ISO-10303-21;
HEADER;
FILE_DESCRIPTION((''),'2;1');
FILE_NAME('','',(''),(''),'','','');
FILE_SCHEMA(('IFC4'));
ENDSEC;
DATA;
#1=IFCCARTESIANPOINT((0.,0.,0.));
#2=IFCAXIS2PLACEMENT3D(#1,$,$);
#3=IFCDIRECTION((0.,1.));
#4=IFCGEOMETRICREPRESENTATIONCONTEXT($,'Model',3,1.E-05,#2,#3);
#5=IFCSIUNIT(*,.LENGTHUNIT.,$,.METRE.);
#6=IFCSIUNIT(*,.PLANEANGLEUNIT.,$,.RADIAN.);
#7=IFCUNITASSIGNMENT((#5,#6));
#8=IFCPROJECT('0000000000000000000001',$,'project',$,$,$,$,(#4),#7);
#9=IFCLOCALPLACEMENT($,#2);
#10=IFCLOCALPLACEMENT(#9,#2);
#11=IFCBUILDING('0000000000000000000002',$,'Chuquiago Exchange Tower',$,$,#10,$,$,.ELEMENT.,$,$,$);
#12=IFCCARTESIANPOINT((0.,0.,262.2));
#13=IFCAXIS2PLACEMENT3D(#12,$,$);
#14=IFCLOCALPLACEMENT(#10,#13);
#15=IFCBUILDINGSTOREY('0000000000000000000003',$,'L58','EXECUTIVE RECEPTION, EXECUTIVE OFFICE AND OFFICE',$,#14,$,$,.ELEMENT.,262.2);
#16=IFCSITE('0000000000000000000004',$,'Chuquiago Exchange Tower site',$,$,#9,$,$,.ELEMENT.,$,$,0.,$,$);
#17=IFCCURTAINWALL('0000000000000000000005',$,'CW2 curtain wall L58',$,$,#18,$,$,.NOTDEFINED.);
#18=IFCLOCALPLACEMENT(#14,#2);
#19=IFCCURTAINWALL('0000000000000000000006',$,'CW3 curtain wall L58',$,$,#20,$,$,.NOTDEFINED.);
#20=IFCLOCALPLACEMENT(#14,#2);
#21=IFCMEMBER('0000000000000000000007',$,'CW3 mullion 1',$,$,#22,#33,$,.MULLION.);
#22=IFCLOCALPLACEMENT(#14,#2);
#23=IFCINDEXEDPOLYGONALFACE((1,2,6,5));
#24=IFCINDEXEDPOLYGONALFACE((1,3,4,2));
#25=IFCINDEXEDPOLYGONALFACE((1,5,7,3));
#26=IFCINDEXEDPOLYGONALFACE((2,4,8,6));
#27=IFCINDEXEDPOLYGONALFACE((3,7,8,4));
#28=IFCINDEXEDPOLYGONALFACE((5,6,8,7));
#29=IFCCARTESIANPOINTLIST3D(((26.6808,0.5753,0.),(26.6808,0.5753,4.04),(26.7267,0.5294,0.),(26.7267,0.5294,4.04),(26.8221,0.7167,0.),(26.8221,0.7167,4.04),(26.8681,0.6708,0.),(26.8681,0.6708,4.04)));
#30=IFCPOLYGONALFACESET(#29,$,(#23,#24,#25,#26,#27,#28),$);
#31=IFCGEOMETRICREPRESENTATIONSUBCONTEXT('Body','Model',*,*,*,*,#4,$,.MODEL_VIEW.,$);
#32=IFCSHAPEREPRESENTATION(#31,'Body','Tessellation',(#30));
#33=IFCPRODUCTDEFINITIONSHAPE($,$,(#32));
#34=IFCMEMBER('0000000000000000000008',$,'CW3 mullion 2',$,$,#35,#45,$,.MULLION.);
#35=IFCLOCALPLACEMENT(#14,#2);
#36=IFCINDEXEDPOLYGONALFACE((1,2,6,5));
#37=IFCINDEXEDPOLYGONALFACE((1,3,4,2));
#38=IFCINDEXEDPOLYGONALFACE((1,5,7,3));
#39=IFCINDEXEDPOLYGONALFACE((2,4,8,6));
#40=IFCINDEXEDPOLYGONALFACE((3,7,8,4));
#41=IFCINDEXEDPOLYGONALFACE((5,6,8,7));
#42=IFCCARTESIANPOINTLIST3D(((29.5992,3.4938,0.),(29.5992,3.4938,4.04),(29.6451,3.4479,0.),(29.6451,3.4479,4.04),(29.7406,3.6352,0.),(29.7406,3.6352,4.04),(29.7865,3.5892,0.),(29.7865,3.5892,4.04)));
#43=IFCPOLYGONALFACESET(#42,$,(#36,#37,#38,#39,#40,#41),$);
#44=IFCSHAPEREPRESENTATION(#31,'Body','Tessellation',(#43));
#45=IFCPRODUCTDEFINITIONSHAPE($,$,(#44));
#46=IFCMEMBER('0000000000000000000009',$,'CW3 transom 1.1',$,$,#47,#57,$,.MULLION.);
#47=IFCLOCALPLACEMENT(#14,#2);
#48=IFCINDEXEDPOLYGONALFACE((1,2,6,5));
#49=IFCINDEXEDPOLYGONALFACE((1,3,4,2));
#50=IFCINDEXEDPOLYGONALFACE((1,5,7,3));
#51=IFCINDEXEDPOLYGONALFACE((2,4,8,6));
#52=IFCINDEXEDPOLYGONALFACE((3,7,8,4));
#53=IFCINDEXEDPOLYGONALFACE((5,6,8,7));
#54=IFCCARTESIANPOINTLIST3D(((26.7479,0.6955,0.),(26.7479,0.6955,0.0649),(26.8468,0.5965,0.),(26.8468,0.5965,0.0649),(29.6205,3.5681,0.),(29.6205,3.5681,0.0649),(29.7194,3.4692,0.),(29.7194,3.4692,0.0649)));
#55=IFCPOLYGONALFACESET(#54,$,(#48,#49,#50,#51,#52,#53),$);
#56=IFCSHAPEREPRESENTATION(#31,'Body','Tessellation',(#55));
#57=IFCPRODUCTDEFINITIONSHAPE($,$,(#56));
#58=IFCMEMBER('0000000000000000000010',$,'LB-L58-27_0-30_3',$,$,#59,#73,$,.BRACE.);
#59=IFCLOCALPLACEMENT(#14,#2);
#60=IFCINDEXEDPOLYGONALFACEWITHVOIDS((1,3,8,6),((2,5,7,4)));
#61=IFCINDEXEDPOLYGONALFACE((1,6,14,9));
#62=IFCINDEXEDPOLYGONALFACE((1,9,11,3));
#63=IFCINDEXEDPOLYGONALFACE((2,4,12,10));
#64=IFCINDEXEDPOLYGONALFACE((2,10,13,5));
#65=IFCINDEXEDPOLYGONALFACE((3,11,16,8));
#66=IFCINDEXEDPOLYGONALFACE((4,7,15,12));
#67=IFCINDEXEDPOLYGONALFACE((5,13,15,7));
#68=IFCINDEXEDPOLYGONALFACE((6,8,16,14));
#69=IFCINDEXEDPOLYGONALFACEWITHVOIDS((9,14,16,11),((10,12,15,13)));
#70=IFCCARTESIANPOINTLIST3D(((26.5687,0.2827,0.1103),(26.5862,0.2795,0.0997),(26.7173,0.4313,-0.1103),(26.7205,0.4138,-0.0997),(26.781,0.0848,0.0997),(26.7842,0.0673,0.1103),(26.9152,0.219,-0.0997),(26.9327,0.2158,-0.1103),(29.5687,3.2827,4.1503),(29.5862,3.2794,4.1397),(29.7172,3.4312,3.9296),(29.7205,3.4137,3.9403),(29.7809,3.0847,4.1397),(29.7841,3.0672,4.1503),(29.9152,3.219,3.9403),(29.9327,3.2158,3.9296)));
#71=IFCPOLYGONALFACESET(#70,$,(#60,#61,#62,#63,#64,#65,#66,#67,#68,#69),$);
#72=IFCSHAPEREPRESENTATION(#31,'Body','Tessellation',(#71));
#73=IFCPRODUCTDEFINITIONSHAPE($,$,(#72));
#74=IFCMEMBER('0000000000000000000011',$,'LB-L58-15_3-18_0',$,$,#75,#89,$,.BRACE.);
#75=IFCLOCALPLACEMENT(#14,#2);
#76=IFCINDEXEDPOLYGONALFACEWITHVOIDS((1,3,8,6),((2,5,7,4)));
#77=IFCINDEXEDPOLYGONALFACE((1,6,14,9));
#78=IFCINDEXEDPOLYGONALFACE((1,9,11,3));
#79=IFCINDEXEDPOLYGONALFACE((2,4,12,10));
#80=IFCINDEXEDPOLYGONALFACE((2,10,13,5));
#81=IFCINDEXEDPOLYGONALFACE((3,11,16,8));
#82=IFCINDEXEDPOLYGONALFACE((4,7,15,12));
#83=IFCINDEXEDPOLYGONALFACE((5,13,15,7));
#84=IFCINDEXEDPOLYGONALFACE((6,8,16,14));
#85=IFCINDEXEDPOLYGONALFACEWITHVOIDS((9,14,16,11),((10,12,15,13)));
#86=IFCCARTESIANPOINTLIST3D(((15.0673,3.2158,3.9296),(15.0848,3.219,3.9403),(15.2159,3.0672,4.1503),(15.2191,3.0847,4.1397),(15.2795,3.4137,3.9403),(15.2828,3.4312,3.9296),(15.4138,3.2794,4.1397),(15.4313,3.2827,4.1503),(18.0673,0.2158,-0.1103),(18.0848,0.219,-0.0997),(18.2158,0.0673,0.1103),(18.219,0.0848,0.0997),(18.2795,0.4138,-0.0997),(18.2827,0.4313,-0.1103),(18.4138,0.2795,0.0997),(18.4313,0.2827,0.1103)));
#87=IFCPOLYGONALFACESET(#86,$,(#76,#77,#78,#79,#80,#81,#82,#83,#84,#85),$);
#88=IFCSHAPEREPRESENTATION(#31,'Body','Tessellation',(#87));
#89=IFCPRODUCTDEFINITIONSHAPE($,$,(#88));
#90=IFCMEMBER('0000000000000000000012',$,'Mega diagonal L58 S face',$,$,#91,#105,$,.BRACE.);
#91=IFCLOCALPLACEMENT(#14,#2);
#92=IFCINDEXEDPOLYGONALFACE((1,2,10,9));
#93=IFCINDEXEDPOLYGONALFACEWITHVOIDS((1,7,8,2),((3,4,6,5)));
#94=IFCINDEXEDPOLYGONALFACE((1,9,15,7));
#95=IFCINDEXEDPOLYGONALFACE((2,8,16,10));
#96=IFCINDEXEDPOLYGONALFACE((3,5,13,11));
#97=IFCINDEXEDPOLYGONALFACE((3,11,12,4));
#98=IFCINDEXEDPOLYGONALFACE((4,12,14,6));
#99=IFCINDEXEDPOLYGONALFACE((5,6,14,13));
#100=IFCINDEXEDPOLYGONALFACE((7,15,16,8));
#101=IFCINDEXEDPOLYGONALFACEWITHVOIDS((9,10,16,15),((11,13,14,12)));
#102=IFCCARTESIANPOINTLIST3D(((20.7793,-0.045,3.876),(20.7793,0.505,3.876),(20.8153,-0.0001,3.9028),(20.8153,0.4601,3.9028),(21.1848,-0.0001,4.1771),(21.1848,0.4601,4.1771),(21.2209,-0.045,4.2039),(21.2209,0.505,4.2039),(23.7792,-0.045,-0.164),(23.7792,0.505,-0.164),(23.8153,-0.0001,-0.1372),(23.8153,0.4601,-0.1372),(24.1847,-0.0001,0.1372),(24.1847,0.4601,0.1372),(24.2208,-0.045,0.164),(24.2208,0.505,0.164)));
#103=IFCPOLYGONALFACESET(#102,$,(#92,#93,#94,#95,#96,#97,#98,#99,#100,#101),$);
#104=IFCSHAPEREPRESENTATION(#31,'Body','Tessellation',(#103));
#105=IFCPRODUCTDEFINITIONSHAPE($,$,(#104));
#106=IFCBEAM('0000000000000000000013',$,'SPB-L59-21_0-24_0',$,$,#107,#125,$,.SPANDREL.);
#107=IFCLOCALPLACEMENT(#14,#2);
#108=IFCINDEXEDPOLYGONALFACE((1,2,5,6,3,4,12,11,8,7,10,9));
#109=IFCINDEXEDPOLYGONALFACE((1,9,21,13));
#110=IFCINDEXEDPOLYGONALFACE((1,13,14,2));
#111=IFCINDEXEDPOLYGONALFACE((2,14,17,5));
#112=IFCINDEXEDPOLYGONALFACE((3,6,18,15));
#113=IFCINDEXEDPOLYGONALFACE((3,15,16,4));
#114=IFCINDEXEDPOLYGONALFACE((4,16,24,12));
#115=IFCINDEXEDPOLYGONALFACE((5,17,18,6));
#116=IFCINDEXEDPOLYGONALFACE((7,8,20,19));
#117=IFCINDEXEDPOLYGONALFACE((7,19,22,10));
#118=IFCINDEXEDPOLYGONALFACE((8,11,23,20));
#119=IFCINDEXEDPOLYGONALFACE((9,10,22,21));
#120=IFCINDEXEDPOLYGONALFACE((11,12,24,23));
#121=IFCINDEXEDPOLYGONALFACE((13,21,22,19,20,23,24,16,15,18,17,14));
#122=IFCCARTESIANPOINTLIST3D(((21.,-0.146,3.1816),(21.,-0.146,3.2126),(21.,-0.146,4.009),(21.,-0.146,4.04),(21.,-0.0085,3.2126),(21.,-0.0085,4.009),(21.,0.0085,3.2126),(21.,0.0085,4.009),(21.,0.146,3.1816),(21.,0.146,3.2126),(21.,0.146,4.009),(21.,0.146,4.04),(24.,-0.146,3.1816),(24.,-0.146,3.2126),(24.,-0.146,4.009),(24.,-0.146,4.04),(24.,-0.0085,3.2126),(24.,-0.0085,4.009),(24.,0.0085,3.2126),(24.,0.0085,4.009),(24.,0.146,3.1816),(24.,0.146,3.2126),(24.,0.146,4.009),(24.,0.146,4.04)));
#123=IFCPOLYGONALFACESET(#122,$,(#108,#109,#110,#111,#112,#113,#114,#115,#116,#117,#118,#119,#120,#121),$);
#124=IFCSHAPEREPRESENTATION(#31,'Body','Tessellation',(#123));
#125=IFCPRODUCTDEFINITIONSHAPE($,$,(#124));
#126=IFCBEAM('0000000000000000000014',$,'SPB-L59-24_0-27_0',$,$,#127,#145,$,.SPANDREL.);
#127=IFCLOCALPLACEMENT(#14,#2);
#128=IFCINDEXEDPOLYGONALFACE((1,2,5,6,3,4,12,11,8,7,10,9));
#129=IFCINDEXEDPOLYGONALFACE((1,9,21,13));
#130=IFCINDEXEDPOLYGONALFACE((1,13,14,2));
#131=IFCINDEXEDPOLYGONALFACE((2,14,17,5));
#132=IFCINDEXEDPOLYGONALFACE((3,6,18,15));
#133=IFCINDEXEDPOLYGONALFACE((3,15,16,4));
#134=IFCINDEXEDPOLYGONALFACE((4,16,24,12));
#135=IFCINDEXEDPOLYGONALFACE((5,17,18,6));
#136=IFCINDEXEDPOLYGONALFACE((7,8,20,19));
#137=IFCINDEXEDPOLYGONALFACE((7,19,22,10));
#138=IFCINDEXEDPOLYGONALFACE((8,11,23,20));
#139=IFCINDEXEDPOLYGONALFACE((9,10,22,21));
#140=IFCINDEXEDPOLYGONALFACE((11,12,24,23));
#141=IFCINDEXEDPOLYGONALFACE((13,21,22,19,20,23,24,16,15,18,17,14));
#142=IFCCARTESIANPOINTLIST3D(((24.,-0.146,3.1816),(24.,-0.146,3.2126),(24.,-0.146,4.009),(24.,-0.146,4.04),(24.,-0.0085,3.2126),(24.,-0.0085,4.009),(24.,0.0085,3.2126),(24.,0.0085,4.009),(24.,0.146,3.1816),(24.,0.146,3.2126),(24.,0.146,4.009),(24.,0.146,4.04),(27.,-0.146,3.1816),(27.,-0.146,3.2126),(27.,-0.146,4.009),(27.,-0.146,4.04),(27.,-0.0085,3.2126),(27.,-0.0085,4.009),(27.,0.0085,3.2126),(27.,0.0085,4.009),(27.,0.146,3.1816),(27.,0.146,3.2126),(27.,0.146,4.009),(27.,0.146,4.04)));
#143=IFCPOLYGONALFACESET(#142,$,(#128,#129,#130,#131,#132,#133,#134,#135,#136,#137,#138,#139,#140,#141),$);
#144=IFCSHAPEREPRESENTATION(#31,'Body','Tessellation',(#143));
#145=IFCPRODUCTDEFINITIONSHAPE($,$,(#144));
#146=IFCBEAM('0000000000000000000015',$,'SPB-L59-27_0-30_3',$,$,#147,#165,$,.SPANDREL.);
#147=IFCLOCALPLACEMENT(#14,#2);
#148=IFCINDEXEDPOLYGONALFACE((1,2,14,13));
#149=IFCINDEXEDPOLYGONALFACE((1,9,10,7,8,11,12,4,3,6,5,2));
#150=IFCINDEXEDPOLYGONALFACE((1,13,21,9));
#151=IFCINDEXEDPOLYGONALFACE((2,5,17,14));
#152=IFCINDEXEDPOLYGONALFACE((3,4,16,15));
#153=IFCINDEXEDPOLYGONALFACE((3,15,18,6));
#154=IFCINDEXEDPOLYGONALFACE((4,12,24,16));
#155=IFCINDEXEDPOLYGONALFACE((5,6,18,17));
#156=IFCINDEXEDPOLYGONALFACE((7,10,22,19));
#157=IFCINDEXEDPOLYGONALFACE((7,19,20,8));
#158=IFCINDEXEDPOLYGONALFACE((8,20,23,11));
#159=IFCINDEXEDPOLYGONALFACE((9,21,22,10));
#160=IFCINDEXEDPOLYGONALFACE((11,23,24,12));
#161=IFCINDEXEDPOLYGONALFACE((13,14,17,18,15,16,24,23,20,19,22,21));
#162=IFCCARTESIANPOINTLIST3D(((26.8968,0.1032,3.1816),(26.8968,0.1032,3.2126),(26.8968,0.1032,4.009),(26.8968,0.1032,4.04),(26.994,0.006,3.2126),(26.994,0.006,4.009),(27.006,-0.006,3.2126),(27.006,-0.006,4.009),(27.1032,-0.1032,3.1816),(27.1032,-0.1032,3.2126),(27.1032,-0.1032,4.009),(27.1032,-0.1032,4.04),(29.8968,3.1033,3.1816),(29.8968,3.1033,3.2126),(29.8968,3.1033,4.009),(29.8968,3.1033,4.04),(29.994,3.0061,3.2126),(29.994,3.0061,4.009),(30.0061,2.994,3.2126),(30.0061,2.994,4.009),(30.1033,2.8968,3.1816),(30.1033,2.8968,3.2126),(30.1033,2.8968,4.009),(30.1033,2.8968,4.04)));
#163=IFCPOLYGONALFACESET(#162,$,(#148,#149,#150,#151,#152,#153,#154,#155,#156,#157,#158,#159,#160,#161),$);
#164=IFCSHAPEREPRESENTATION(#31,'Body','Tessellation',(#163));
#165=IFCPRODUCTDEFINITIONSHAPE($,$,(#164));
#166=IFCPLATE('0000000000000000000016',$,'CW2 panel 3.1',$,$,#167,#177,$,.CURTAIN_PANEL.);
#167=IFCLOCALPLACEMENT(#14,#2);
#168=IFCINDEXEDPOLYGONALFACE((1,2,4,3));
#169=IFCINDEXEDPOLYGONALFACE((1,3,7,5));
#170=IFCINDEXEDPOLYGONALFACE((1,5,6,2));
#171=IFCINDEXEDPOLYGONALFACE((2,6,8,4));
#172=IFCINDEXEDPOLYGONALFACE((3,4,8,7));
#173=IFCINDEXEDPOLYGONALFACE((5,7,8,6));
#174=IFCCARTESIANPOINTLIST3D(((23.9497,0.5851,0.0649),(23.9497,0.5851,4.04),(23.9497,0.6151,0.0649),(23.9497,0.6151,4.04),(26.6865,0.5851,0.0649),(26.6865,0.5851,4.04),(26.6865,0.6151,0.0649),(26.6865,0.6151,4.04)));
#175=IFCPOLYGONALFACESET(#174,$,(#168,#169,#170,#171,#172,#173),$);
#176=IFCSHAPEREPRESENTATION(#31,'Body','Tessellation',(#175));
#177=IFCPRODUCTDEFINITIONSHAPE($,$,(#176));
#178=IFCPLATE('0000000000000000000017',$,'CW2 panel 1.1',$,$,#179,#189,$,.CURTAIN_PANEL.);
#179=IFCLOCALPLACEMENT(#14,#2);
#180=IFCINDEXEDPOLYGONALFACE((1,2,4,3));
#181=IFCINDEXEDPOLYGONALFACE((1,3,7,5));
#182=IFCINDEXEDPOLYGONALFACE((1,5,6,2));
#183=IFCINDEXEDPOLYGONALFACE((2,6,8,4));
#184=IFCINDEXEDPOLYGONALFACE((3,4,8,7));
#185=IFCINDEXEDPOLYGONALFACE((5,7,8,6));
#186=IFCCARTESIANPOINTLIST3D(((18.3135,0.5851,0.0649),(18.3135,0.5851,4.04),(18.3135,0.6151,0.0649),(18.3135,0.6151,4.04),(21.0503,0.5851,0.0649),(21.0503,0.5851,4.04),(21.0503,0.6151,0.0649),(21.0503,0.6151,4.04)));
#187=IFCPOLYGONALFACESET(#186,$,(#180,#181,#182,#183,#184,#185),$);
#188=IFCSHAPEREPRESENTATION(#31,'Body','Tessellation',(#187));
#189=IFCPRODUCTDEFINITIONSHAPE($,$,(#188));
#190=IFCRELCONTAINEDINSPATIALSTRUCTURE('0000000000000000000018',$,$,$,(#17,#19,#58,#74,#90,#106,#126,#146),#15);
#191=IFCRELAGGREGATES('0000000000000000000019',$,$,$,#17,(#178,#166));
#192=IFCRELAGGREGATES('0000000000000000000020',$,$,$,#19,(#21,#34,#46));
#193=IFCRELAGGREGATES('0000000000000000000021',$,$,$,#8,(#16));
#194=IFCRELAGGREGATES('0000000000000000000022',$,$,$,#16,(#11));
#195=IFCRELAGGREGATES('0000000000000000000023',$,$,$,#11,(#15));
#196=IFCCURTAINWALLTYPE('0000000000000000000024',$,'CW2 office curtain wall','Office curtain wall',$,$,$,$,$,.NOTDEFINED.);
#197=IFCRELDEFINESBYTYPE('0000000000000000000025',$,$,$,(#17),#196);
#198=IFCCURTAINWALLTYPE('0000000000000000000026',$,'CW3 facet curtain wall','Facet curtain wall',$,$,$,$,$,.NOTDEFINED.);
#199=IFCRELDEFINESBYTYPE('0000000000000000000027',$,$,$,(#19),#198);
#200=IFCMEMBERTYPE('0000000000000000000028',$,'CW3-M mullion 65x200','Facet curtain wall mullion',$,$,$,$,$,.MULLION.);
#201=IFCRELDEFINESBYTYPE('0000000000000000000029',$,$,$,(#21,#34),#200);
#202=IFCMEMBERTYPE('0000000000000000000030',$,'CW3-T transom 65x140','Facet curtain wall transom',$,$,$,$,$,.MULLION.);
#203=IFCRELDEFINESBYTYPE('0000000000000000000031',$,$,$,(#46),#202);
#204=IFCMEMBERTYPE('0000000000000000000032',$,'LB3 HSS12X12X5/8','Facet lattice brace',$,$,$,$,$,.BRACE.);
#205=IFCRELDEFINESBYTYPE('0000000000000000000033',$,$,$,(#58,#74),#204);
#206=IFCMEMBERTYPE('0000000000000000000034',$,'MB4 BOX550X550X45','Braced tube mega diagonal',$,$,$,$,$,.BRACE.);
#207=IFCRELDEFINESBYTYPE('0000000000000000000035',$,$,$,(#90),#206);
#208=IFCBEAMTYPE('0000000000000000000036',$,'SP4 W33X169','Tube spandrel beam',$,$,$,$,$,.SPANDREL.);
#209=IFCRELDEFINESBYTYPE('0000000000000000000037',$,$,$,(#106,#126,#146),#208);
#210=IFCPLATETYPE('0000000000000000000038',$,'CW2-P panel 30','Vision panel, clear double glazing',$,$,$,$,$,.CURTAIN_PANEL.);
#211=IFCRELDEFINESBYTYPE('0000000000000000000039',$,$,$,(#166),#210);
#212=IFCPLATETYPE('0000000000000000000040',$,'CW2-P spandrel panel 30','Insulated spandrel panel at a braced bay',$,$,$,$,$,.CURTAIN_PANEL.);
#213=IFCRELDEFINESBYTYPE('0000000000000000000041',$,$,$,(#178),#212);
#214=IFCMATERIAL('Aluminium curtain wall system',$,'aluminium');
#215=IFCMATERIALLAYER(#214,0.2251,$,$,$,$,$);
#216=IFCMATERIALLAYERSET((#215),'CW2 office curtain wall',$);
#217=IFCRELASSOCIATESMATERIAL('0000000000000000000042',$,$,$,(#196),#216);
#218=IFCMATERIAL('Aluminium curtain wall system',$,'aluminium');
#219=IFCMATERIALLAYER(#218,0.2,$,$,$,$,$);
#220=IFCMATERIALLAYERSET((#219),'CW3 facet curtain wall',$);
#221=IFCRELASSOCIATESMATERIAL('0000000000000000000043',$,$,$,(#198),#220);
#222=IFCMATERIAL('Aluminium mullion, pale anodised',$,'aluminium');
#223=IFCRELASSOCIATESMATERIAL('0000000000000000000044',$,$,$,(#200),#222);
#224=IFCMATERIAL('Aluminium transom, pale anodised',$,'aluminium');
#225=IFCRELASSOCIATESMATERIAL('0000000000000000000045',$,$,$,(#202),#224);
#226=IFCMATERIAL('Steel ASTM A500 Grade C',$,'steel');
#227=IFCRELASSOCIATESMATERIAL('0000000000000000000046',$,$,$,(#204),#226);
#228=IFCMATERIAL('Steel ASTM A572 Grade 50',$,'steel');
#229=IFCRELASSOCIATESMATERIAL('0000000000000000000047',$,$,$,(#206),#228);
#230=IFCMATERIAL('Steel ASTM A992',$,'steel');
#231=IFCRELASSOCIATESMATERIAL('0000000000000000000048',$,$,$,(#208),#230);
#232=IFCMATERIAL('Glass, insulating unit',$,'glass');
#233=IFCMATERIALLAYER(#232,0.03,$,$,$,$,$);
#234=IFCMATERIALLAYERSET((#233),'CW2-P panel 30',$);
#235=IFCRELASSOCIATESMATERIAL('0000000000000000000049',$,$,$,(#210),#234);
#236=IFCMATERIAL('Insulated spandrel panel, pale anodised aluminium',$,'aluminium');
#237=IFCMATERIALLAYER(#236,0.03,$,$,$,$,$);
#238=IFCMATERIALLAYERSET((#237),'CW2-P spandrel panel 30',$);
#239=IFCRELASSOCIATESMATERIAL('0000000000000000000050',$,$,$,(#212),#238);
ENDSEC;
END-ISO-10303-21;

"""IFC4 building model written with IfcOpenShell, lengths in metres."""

from ifc_helpers import new_model, si_unit, direction, frame, origin, origin_2d, place, context, subcontext, project, spatial, rectangle, hollow_rectangle, i_section, extrude, material, layer, layer_set, material_profile, profile_set, type_object, element, aggregate, save


model = new_model("IFC4")

# Units and contexts
model_context = context("Model", 3, precision=1e-05, world=origin(), true_north=direction((0.0, 1.0)))
body_context = subcontext(model_context, "Body", "Model", "MODEL_VIEW")
ifc_project = project(units=[si_unit("LENGTHUNIT", "METRE"), si_unit("PLANEANGLEUNIT", "RADIAN")], contexts=[model_context])

# Site, building, storey
site_placement = place(None, origin())
site = spatial("IfcSite", under=ifc_project, at=site_placement, Name="Chuquiago Exchange Tower site", CompositionType="ELEMENT", RefElevation=0.0)
building_placement = place(site_placement, origin())
building = spatial("IfcBuilding", under=site, at=building_placement, Name="Chuquiago Exchange Tower", CompositionType="ELEMENT")
storey_placement = place(building_placement, frame((0.0, 0.0, 262.2)))
storey = spatial("IfcBuildingStorey", under=building, at=storey_placement, Name="L58", Description="EXECUTIVE RECEPTION, EXECUTIVE OFFICE AND OFFICE", CompositionType="ELEMENT", Elevation=262.2)

# Curtain walls, members
ifc_material_1 = material(Name="Aluminium curtain wall system", Category="aluminium")
ifc_layer_1 = layer(ifc_material_1, 0.2251)
ifc_layer_set_1 = layer_set([ifc_layer_1], Name="CW2 office curtain wall")
curtain_wall_type_1 = type_object("IfcCurtainWallType", Name="CW2 office curtain wall", Description="Office curtain wall", PredefinedType="NOTDEFINED", material=ifc_layer_set_1)
curtain_wall_1_placement = place(storey_placement, origin())
curtain_wall_1 = element("IfcCurtainWall", 1, at=curtain_wall_1_placement, inside=storey, type_object=curtain_wall_type_1, Name="CW2 curtain wall L58", PredefinedType="NOTDEFINED")
ifc_material_2 = material(Name="Aluminium curtain wall system", Category="aluminium")
ifc_layer_2 = layer(ifc_material_2, 0.2)
ifc_layer_set_2 = layer_set([ifc_layer_2], Name="CW3 facet curtain wall")
curtain_wall_type_2 = type_object("IfcCurtainWallType", Name="CW3 facet curtain wall", Description="Facet curtain wall", PredefinedType="NOTDEFINED", material=ifc_layer_set_2)
curtain_wall_2_placement = place(storey_placement, origin())
curtain_wall_2 = element("IfcCurtainWall", 2, at=curtain_wall_2_placement, inside=storey, type_object=curtain_wall_type_2, Name="CW3 curtain wall L58", PredefinedType="NOTDEFINED")
ifc_material_3 = material(Name="Aluminium mullion, pale anodised", Category="aluminium")
ifc_material_profile_1 = material_profile(ifc_material_3, rectangle(XDim=0.0649, YDim=0.2, at=origin_2d()), Name="AL 65x200")
ifc_profile_set_1 = profile_set([ifc_material_profile_1], Name="Aluminium mullion, pale anodised")
member_type_1 = type_object("IfcMemberType", Name="CW3-M mullion 65x200", Description="Facet curtain wall mullion", PredefinedType="MULLION", material=ifc_profile_set_1)
member_1_placement = place(storey_placement, frame((26.7744, 0.623, 0.0), z_axis=(0.0, 0.0, 1.0), x_axis=(-0.707107, 0.707107, 0.0)))
member_1 = element("IfcMember", 3, at=member_1_placement, type_object=member_type_1, Name="CW3 mullion 1", PredefinedType="MULLION", context=body_context, shape_type="SweptSolid", body=[
    extrude(rectangle(XDim=0.0649, YDim=0.2, at=origin_2d()), origin(), (0.0, 0.0, 1.0), 4.04),
])
member_2_placement = place(storey_placement, frame((29.6929, 3.5415, 0.0), z_axis=(0.0, 0.0, 1.0), x_axis=(-0.707107, 0.707107, 0.0)))
member_2 = element("IfcMember", 4, at=member_2_placement, type_object=member_type_1, Name="CW3 mullion 2", PredefinedType="MULLION", context=body_context, shape_type="SweptSolid", body=[
    extrude(rectangle(XDim=0.0649, YDim=0.2, at=origin_2d()), origin(), (0.0, 0.0, 1.0), 4.04),
])
ifc_material_4 = material(Name="Aluminium transom, pale anodised", Category="aluminium")
ifc_material_profile_2 = material_profile(ifc_material_4, rectangle(XDim=0.1399, YDim=0.0649, at=origin_2d()), Name="AL 140x65")
ifc_profile_set_2 = profile_set([ifc_material_profile_2], Name="Aluminium transom, pale anodised")
member_type_2 = type_object("IfcMemberType", Name="CW3-T transom 65x140", Description="Facet curtain wall transom", PredefinedType="MULLION", material=ifc_profile_set_2)
member_3_placement = place(storey_placement, frame((26.7974, 0.646, 0.0325), z_axis=(0.707107, 0.707107, 0.0), x_axis=(-0.707107, 0.707107, 0.0)))
member_3 = element("IfcMember", 5, at=member_3_placement, type_object=member_type_2, Name="CW3 transom 1.1", PredefinedType="MULLION", context=body_context, shape_type="SweptSolid", body=[
    extrude(rectangle(XDim=0.1399, YDim=0.0649, at=origin_2d()), origin(), (0.0, 0.0, 1.0), 4.0625),
])

# Members
ifc_material_5 = material(Name="Steel ASTM A500 Grade C", Category="steel")
ifc_material_profile_3 = material_profile(ifc_material_5, hollow_rectangle(XDim=0.3047, YDim=0.3047, WallThickness=0.0146, at=origin_2d()), Name="HSS12X12X5/8")
ifc_profile_set_3 = profile_set([ifc_material_profile_3], Name="Steel ASTM A500 Grade C")
member_type_3 = type_object("IfcMemberType", Name="LB3 HSS12X12X5/8", Description="Facet lattice brace", PredefinedType="BRACE", material=ifc_profile_set_3)
for number, where, z_axis, x_axis, name in (
    (6, (26.7507, 0.2493, 0.0), (0.512077, 0.512077, 0.689604), (-0.707107, 0.707107, 0.0), "LB-L58-27_0-30_3"),
    (7, (18.2493, 0.2493, 0.0), (-0.512077, 0.512077, 0.689604), (-0.707107, -0.707107, 0.0), "LB-L58-15_3-18_0"),
):
    element("IfcMember", number, at=place(storey_placement, frame(where, z_axis=z_axis, x_axis=x_axis)), inside=storey, type_object=member_type_3, Name=name, PredefinedType="BRACE", context=body_context, shape_type="SweptSolid", body=[
        extrude(hollow_rectangle(XDim=0.3047, YDim=0.3047, WallThickness=0.0146, at=origin_2d()), origin(), (0.0, 0.0, 1.0), 5.8584),
    ])
ifc_material_6 = material(Name="Steel ASTM A572 Grade 50", Category="steel")
ifc_material_profile_4 = material_profile(ifc_material_6, hollow_rectangle(XDim=0.55, YDim=0.55, WallThickness=0.0449, at=origin_2d()), Name="BOX550X550X45")
ifc_profile_set_4 = profile_set([ifc_material_profile_4], Name="Steel ASTM A572 Grade 50")
member_type_4 = type_object("IfcMemberType", Name="MB4 BOX550X550X45", Description="Braced tube mega diagonal", PredefinedType="BRACE", material=ifc_profile_set_4)
member_4_placement = place(storey_placement, frame((24.0, 0.23, 0.0), z_axis=(-0.596174, 0.0, 0.802855), x_axis=(0.0, -1.0, 0.0)))
element("IfcMember", 8, at=member_4_placement, inside=storey, type_object=member_type_4, Name="Mega diagonal L58 S face", PredefinedType="BRACE", context=body_context, shape_type="SweptSolid", body=[
    extrude(hollow_rectangle(XDim=0.55, YDim=0.55, WallThickness=0.0449, at=origin_2d()), origin(), (0.0, 0.0, 1.0), 5.032),
])

# Beams
ifc_material_7 = material(Name="Steel ASTM A992", Category="steel")
ifc_material_profile_5 = material_profile(ifc_material_7, i_section(OverallWidth=0.292, OverallDepth=0.8584, WebThickness=0.0171, FlangeThickness=0.031, at=origin_2d()), Name="W33X169")
ifc_profile_set_5 = profile_set([ifc_material_profile_5], Name="Steel ASTM A992")
beam_type = type_object("IfcBeamType", Name="SP4 W33X169", Description="Tube spandrel beam", PredefinedType="SPANDREL", material=ifc_profile_set_5)
for number, where, z_axis, x_axis, name in (
    (9, (21.0, 0.0, 3.6108), (1.0, 0.0, 0.0), (0.0, 1.0, 0.0), "SPB-L59-21_0-24_0"),
    (10, (24.0, 0.0, 3.6108), (1.0, 0.0, 0.0), (0.0, 1.0, 0.0), "SPB-L59-24_0-27_0"),
):
    element("IfcBeam", number, at=place(storey_placement, frame(where, z_axis=z_axis, x_axis=x_axis)), inside=storey, type_object=beam_type, Name=name, PredefinedType="SPANDREL", context=body_context, shape_type="SweptSolid", body=[
        extrude(i_section(OverallWidth=0.292, OverallDepth=0.8584, WebThickness=0.0171, FlangeThickness=0.031, at=origin_2d()), origin(), (0.0, 0.0, 1.0), 3.0),
    ])
beam_placement = place(storey_placement, frame((27.0, 0.0, 3.6108), z_axis=(0.707107, 0.707107, 0.0), x_axis=(-0.707107, 0.707107, 0.0)))
element("IfcBeam", 11, at=beam_placement, inside=storey, type_object=beam_type, Name="SPB-L59-27_0-30_3", PredefinedType="SPANDREL", context=body_context, shape_type="SweptSolid", body=[
    extrude(i_section(OverallWidth=0.292, OverallDepth=0.8584, WebThickness=0.0171, FlangeThickness=0.031, at=origin_2d()), origin(), (0.0, 0.0, 1.0), 4.2427),
])

# Plates
ifc_material_8 = material(Name="Glass, insulating unit", Category="glass")
ifc_layer_3 = layer(ifc_material_8, 0.03)
ifc_layer_set_3 = layer_set([ifc_layer_3], Name="CW2-P panel 30")
plate_type_1 = type_object("IfcPlateType", Name="CW2-P panel 30", Description="Vision panel, clear double glazing", PredefinedType="CURTAIN_PANEL", material=ifc_layer_set_3)
plate_1_placement = place(storey_placement, frame((25.3181, 0.6001, 0.0649), z_axis=(0.0, 0.0, 1.0), x_axis=(1.0, 0.0, 0.0)))
plate_1 = element("IfcPlate", 12, at=plate_1_placement, type_object=plate_type_1, Name="CW2 panel 3.1", PredefinedType="CURTAIN_PANEL", context=body_context, shape_type="SweptSolid", body=[
    extrude(rectangle(XDim=2.7368, YDim=0.03, at=origin_2d()), origin(), (0.0, 0.0, 1.0), 3.9751),
])
ifc_material_9 = material(Name="Insulated spandrel panel, pale anodised aluminium", Category="aluminium")
ifc_layer_4 = layer(ifc_material_9, 0.03)
ifc_layer_set_4 = layer_set([ifc_layer_4], Name="CW2-P spandrel panel 30")
plate_type_2 = type_object("IfcPlateType", Name="CW2-P spandrel panel 30", Description="Insulated spandrel panel at a braced bay", PredefinedType="CURTAIN_PANEL", material=ifc_layer_set_4)
plate_2_placement = place(storey_placement, frame((19.6819, 0.6001, 0.0649), z_axis=(0.0, 0.0, 1.0), x_axis=(1.0, 0.0, 0.0)))
plate_2 = element("IfcPlate", 13, at=plate_2_placement, type_object=plate_type_2, Name="CW2 panel 1.1", PredefinedType="CURTAIN_PANEL", context=body_context, shape_type="SweptSolid", body=[
    extrude(rectangle(XDim=2.7368, YDim=0.03, at=origin_2d()), origin(), (0.0, 0.0, 1.0), 3.9751),
])
aggregate(curtain_wall_1, [plate_2, plate_1])
aggregate(curtain_wall_2, [member_1, member_2, member_3])

save(model, "model.ifc")
